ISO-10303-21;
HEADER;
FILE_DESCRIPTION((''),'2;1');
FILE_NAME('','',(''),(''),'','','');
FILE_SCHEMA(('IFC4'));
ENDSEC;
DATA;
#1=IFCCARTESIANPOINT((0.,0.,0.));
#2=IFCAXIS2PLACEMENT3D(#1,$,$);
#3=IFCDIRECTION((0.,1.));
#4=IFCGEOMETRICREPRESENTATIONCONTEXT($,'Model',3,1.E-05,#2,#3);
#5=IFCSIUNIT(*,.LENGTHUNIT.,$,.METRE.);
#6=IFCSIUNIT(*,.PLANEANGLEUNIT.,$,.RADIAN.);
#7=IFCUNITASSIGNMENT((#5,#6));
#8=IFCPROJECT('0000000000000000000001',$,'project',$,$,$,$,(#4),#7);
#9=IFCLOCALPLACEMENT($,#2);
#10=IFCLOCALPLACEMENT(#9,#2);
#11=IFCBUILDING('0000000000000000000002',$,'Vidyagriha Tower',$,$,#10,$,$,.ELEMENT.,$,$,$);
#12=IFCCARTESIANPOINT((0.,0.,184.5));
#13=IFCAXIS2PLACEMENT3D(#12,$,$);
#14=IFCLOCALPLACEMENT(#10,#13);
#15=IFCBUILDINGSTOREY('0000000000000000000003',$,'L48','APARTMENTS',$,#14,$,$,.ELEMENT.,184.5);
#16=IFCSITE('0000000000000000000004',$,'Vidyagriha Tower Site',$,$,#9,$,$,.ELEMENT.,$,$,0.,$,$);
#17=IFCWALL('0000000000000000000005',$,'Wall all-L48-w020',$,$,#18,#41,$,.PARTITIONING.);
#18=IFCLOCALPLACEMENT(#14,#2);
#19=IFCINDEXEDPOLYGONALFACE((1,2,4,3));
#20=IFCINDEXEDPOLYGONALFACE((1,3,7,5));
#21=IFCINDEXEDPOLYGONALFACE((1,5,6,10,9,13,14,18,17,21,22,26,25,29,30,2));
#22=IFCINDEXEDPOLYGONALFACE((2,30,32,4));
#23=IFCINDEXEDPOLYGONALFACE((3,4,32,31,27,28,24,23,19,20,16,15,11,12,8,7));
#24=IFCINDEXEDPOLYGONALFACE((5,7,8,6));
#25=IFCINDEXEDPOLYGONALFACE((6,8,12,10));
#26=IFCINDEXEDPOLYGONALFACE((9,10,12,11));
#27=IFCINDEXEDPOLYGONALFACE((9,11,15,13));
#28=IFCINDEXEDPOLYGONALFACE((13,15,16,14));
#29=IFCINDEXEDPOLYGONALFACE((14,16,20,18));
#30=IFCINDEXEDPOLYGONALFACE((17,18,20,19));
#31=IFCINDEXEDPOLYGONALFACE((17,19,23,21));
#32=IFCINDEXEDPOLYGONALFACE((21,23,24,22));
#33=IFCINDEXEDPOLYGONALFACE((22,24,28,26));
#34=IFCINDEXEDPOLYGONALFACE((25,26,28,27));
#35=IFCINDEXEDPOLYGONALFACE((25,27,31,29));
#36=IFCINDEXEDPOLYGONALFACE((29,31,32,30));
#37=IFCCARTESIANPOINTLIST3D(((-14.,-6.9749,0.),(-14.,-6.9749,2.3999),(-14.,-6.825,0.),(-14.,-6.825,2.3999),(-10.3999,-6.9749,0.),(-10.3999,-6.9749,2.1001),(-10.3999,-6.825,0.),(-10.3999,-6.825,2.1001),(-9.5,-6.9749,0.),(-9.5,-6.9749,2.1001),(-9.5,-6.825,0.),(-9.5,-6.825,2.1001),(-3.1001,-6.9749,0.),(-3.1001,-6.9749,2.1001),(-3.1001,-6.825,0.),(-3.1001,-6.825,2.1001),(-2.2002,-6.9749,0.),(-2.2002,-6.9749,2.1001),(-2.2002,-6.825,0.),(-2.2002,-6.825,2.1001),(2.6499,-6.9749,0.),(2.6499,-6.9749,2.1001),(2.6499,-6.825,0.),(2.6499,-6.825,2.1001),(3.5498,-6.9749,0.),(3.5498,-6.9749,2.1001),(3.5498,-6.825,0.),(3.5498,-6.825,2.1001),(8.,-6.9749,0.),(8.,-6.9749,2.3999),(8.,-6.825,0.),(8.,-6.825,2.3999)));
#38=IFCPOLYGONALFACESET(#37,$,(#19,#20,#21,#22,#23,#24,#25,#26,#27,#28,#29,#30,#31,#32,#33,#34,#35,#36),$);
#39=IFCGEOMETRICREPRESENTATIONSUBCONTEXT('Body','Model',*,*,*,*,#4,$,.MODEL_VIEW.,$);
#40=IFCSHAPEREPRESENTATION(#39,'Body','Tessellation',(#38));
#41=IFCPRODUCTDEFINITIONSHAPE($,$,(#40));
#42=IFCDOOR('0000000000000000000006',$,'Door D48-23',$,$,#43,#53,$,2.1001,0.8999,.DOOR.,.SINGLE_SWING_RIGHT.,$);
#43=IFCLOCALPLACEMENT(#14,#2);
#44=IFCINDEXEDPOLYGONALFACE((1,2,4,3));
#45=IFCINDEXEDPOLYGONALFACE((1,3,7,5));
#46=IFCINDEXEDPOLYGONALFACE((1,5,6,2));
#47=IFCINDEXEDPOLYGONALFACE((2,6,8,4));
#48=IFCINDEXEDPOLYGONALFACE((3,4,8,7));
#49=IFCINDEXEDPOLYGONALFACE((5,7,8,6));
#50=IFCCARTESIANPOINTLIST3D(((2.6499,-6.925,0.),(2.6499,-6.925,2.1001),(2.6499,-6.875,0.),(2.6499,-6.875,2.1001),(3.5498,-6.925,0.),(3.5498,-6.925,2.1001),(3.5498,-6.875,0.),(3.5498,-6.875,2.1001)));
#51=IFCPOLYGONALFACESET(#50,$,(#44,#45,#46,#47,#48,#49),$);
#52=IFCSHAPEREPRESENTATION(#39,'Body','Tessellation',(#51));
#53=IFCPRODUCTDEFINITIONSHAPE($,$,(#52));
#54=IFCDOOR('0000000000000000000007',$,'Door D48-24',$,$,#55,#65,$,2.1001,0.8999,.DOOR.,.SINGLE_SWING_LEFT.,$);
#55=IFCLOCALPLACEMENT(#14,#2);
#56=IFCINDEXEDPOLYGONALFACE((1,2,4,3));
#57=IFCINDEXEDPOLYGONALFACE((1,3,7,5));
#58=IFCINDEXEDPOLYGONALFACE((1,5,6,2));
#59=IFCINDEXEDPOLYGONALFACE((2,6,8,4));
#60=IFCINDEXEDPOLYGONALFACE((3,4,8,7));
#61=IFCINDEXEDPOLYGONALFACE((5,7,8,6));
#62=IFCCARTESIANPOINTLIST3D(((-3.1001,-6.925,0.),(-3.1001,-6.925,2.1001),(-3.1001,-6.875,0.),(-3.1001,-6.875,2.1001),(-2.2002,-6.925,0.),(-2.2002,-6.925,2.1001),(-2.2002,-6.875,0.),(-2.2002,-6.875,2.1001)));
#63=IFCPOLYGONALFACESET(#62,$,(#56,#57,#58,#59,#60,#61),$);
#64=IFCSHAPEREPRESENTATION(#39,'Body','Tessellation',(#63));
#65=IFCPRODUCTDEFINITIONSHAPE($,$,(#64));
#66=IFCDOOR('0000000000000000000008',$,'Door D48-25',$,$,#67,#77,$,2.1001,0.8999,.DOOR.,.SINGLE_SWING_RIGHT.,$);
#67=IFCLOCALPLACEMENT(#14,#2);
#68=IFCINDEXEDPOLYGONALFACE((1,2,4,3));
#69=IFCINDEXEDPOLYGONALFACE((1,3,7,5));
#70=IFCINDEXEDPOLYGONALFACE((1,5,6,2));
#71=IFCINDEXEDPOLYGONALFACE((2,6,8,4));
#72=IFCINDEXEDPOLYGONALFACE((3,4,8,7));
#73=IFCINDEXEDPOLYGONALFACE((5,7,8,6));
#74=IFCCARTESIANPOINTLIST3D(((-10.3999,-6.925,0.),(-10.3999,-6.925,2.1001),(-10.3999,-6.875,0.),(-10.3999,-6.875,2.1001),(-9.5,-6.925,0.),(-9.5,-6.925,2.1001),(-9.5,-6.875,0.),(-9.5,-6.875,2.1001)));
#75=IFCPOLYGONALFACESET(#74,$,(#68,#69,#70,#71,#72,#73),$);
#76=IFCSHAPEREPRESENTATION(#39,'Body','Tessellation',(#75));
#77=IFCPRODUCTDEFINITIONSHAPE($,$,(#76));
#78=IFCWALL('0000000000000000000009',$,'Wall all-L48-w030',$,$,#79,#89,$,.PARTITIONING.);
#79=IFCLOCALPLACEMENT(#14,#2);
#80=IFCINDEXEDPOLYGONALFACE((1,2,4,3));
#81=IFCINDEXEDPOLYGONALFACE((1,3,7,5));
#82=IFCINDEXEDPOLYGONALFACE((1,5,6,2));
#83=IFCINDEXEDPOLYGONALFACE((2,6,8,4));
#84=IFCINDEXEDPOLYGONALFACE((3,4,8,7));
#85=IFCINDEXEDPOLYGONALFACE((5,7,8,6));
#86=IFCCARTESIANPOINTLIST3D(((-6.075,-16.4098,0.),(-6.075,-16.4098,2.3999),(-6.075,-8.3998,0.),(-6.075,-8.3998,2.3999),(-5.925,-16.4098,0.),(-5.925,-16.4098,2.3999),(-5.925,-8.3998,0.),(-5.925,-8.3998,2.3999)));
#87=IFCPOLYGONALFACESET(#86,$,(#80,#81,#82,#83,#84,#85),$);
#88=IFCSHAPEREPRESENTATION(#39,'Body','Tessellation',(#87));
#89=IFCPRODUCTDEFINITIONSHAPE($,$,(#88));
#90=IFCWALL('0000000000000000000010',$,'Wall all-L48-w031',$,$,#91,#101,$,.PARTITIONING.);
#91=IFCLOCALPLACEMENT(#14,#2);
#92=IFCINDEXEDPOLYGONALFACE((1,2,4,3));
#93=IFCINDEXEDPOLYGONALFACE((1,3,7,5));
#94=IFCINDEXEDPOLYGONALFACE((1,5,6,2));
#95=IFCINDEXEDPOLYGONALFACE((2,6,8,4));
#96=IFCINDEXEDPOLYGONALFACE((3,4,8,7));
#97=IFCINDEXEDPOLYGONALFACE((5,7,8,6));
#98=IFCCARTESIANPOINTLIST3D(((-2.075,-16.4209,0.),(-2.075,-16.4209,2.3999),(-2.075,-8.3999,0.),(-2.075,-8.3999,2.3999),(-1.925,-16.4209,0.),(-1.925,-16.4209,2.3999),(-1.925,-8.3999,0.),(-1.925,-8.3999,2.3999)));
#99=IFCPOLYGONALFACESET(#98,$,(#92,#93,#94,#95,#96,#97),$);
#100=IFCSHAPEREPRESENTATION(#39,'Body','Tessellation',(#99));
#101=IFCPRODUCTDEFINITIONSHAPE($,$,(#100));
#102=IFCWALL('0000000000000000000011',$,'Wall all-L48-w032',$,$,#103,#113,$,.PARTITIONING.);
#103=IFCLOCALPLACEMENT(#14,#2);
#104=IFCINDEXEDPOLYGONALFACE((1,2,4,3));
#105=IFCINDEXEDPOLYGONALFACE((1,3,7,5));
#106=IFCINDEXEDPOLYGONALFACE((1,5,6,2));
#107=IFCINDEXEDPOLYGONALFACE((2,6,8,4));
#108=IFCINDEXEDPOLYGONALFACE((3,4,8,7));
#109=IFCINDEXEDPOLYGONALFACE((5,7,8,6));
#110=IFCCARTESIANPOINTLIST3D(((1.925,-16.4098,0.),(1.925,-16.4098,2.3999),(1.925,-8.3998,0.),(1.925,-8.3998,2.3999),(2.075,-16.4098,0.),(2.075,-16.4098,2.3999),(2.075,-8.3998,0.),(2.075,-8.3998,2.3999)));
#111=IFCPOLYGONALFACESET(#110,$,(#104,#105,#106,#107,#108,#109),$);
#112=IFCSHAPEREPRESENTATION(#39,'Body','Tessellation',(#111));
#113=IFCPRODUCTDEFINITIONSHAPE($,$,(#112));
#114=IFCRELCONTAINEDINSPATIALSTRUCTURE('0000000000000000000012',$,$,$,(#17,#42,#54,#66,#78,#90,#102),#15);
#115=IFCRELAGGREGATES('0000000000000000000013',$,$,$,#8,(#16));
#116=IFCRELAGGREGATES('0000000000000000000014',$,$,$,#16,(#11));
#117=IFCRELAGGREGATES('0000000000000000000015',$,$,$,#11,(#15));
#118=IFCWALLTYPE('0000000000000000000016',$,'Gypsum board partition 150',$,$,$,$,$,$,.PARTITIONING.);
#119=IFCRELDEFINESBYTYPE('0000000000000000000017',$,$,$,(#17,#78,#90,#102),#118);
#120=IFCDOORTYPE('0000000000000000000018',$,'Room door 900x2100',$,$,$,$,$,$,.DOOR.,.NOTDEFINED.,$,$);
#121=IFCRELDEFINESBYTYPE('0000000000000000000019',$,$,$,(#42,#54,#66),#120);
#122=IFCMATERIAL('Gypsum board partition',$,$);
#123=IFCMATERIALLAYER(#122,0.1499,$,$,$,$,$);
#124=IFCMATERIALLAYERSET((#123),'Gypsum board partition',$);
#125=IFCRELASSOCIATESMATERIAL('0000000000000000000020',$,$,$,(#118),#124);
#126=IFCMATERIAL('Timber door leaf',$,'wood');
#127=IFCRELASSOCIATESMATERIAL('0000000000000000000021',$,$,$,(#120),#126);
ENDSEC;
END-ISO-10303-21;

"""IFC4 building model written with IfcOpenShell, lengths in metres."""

from ifc_helpers import new_model, si_unit, direction, frame, frame_2d, origin, place, context, subcontext, project, spatial, rectangle, extrude, material, layer, layer_set, type_object, element, fill, save


model = new_model("IFC4")

# Units and contexts
model_context = context("Model", 3, precision=1e-05, world=origin(), true_north=direction((0.0, 1.0)))
body_context = subcontext(model_context, "Body", "Model", "MODEL_VIEW")
ifc_project = project(units=[si_unit("LENGTHUNIT", "METRE"), si_unit("PLANEANGLEUNIT", "RADIAN")], contexts=[model_context])

# Site, building, storey
site_placement = place(None, origin())
site = spatial("IfcSite", under=ifc_project, at=site_placement, Name="Vidyagriha Tower Site", CompositionType="ELEMENT", RefElevation=0.0)
building_placement = place(site_placement, origin())
building = spatial("IfcBuilding", under=site, at=building_placement, Name="Vidyagriha Tower", CompositionType="ELEMENT")
storey_placement = place(building_placement, frame((0.0, 0.0, 184.5)))
storey = spatial("IfcBuildingStorey", under=building, at=storey_placement, Name="L48", Description="APARTMENTS", CompositionType="ELEMENT", Elevation=184.5)

# Shared definitions
ifc_material_1 = material(Name="Gypsum board partition")
ifc_layer_1 = layer(ifc_material_1, 0.1499)
ifc_layer_set_1 = layer_set([ifc_layer_1], Name="Gypsum board partition")
wall_type_1 = type_object("IfcWallType", Name="Gypsum board partition 150", PredefinedType="PARTITIONING", material=ifc_layer_set_1)

# Wall, openings, doors
wall_1_placement = place(storey_placement, frame((-14.0, -6.8999, 0.0)))
wall_1 = element("IfcWall", 1, at=wall_1_placement, inside=storey, type_object=wall_type_1, Name="Wall all-L48-w020", PredefinedType="PARTITIONING", context=body_context, shape_type="SweptSolid", body=[
    extrude(rectangle(XDim=22.0, YDim=0.1499, at=frame_2d((11.0, 0.0))), origin(), (0.0, 0.0, 1.0), 2.3999),
])
opening_1_placement = place(wall_1_placement, frame((16.6499, 0.0, 0.0)))
opening_1 = element("IfcOpeningElement", 2, at=opening_1_placement, cuts=wall_1, PredefinedType="OPENING", context=body_context, shape_type="SweptSolid", body=[
    extrude(rectangle(XDim=0.8999, YDim=2.1001, at=frame_2d((0.45, 1.05))), frame((0.0, 0.085, 0.0), z_axis=(0.0, -1.0, 0.0), x_axis=(1.0, 0.0, 0.0)), (0.0, 0.0, 1.0), 0.1699),
])
opening_2_placement = place(wall_1_placement, frame((10.8999, 0.0, 0.0)))
opening_2 = element("IfcOpeningElement", 3, at=opening_2_placement, cuts=wall_1, PredefinedType="OPENING", context=body_context, shape_type="SweptSolid", body=[
    extrude(rectangle(XDim=0.8999, YDim=2.1001, at=frame_2d((0.45, 1.05))), frame((0.0, 0.085, 0.0), z_axis=(0.0, -1.0, 0.0), x_axis=(1.0, 0.0, 0.0)), (0.0, 0.0, 1.0), 0.1699),
])
opening_3_placement = place(wall_1_placement, frame((3.6001, 0.0, 0.0)))
opening_3 = element("IfcOpeningElement", 4, at=opening_3_placement, cuts=wall_1, PredefinedType="OPENING", context=body_context, shape_type="SweptSolid", body=[
    extrude(rectangle(XDim=0.8999, YDim=2.1001, at=frame_2d((0.45, 1.05))), frame((0.0, 0.085, 0.0), z_axis=(0.0, -1.0, 0.0), x_axis=(1.0, 0.0, 0.0)), (0.0, 0.0, 1.0), 0.1699),
])
ifc_material_2 = material(Name="Timber door leaf", Category="wood")
door_type_1 = type_object("IfcDoorType", Name="Room door 900x2100", OperationType="NOTDEFINED", PredefinedType="DOOR", material=ifc_material_2)
door_1_placement = place(opening_1_placement, origin())
door_1 = element("IfcDoor", 5, at=door_1_placement, inside=storey, type_object=door_type_1, Name="Door D48-23", OperationType="SINGLE_SWING_RIGHT", OverallHeight=2.1001, OverallWidth=0.8999, PredefinedType="DOOR", context=body_context, shape_type="SweptSolid", body=[
    extrude(rectangle(XDim=0.8999, YDim=2.1001, at=frame_2d((0.45, 1.05))), frame((0.0, 0.0249, 0.0), z_axis=(0.0, -1.0, 0.0), x_axis=(1.0, 0.0, 0.0)), (0.0, 0.0, 1.0), 0.05),
])
fill(opening_1, door_1)
door_2_placement = place(opening_2_placement, origin())
door_2 = element("IfcDoor", 6, at=door_2_placement, inside=storey, type_object=door_type_1, Name="Door D48-24", OperationType="SINGLE_SWING_LEFT", OverallHeight=2.1001, OverallWidth=0.8999, PredefinedType="DOOR", context=body_context, shape_type="SweptSolid", body=[
    extrude(rectangle(XDim=0.8999, YDim=2.1001, at=frame_2d((0.45, 1.05))), frame((0.0, 0.0249, 0.0), z_axis=(0.0, -1.0, 0.0), x_axis=(1.0, 0.0, 0.0)), (0.0, 0.0, 1.0), 0.05),
])
fill(opening_2, door_2)
door_3_placement = place(opening_3_placement, origin())
door_3 = element("IfcDoor", 7, at=door_3_placement, inside=storey, type_object=door_type_1, Name="Door D48-25", OperationType="SINGLE_SWING_RIGHT", OverallHeight=2.1001, OverallWidth=0.8999, PredefinedType="DOOR", context=body_context, shape_type="SweptSolid", body=[
    extrude(rectangle(XDim=0.8999, YDim=2.1001, at=frame_2d((0.45, 1.05))), frame((0.0, 0.0249, 0.0), z_axis=(0.0, -1.0, 0.0), x_axis=(1.0, 0.0, 0.0)), (0.0, 0.0, 1.0), 0.05),
])
fill(opening_3, door_3)

# Walls
wall_2_placement = place(storey_placement, frame((-6.0, -8.3999, 0.0), z_axis=(0.0, 0.0, 1.0), x_axis=(0.0, -1.0, 0.0)))
element("IfcWall", 8, at=wall_2_placement, inside=storey, type_object=wall_type_1, Name="Wall all-L48-w030", PredefinedType="PARTITIONING", context=body_context, shape_type="SweptSolid", body=[
    extrude(rectangle(XDim=8.01, YDim=0.1499, at=frame_2d((4.0049, 0.0))), origin(), (0.0, 0.0, 1.0), 2.3999),
])
wall_3_placement = place(storey_placement, frame((-2.0, -8.3999, 0.0), z_axis=(0.0, 0.0, 1.0), x_axis=(0.0, -1.0, 0.0)))
element("IfcWall", 9, at=wall_3_placement, inside=storey, type_object=wall_type_1, Name="Wall all-L48-w031", PredefinedType="PARTITIONING", context=body_context, shape_type="SweptSolid", body=[
    extrude(rectangle(XDim=8.021, YDim=0.1499, at=frame_2d((4.0105, 0.0))), origin(), (0.0, 0.0, 1.0), 2.3999),
])
wall_4_placement = place(storey_placement, frame((2.0, -8.3999, 0.0), z_axis=(0.0, 0.0, 1.0), x_axis=(0.0, -1.0, 0.0)))
element("IfcWall", 10, at=wall_4_placement, inside=storey, type_object=wall_type_1, Name="Wall all-L48-w032", PredefinedType="PARTITIONING", context=body_context, shape_type="SweptSolid", body=[
    extrude(rectangle(XDim=8.01, YDim=0.1499, at=frame_2d((4.0049, 0.0))), origin(), (0.0, 0.0, 1.0), 2.3999),
])

save(model, "model.ifc")
